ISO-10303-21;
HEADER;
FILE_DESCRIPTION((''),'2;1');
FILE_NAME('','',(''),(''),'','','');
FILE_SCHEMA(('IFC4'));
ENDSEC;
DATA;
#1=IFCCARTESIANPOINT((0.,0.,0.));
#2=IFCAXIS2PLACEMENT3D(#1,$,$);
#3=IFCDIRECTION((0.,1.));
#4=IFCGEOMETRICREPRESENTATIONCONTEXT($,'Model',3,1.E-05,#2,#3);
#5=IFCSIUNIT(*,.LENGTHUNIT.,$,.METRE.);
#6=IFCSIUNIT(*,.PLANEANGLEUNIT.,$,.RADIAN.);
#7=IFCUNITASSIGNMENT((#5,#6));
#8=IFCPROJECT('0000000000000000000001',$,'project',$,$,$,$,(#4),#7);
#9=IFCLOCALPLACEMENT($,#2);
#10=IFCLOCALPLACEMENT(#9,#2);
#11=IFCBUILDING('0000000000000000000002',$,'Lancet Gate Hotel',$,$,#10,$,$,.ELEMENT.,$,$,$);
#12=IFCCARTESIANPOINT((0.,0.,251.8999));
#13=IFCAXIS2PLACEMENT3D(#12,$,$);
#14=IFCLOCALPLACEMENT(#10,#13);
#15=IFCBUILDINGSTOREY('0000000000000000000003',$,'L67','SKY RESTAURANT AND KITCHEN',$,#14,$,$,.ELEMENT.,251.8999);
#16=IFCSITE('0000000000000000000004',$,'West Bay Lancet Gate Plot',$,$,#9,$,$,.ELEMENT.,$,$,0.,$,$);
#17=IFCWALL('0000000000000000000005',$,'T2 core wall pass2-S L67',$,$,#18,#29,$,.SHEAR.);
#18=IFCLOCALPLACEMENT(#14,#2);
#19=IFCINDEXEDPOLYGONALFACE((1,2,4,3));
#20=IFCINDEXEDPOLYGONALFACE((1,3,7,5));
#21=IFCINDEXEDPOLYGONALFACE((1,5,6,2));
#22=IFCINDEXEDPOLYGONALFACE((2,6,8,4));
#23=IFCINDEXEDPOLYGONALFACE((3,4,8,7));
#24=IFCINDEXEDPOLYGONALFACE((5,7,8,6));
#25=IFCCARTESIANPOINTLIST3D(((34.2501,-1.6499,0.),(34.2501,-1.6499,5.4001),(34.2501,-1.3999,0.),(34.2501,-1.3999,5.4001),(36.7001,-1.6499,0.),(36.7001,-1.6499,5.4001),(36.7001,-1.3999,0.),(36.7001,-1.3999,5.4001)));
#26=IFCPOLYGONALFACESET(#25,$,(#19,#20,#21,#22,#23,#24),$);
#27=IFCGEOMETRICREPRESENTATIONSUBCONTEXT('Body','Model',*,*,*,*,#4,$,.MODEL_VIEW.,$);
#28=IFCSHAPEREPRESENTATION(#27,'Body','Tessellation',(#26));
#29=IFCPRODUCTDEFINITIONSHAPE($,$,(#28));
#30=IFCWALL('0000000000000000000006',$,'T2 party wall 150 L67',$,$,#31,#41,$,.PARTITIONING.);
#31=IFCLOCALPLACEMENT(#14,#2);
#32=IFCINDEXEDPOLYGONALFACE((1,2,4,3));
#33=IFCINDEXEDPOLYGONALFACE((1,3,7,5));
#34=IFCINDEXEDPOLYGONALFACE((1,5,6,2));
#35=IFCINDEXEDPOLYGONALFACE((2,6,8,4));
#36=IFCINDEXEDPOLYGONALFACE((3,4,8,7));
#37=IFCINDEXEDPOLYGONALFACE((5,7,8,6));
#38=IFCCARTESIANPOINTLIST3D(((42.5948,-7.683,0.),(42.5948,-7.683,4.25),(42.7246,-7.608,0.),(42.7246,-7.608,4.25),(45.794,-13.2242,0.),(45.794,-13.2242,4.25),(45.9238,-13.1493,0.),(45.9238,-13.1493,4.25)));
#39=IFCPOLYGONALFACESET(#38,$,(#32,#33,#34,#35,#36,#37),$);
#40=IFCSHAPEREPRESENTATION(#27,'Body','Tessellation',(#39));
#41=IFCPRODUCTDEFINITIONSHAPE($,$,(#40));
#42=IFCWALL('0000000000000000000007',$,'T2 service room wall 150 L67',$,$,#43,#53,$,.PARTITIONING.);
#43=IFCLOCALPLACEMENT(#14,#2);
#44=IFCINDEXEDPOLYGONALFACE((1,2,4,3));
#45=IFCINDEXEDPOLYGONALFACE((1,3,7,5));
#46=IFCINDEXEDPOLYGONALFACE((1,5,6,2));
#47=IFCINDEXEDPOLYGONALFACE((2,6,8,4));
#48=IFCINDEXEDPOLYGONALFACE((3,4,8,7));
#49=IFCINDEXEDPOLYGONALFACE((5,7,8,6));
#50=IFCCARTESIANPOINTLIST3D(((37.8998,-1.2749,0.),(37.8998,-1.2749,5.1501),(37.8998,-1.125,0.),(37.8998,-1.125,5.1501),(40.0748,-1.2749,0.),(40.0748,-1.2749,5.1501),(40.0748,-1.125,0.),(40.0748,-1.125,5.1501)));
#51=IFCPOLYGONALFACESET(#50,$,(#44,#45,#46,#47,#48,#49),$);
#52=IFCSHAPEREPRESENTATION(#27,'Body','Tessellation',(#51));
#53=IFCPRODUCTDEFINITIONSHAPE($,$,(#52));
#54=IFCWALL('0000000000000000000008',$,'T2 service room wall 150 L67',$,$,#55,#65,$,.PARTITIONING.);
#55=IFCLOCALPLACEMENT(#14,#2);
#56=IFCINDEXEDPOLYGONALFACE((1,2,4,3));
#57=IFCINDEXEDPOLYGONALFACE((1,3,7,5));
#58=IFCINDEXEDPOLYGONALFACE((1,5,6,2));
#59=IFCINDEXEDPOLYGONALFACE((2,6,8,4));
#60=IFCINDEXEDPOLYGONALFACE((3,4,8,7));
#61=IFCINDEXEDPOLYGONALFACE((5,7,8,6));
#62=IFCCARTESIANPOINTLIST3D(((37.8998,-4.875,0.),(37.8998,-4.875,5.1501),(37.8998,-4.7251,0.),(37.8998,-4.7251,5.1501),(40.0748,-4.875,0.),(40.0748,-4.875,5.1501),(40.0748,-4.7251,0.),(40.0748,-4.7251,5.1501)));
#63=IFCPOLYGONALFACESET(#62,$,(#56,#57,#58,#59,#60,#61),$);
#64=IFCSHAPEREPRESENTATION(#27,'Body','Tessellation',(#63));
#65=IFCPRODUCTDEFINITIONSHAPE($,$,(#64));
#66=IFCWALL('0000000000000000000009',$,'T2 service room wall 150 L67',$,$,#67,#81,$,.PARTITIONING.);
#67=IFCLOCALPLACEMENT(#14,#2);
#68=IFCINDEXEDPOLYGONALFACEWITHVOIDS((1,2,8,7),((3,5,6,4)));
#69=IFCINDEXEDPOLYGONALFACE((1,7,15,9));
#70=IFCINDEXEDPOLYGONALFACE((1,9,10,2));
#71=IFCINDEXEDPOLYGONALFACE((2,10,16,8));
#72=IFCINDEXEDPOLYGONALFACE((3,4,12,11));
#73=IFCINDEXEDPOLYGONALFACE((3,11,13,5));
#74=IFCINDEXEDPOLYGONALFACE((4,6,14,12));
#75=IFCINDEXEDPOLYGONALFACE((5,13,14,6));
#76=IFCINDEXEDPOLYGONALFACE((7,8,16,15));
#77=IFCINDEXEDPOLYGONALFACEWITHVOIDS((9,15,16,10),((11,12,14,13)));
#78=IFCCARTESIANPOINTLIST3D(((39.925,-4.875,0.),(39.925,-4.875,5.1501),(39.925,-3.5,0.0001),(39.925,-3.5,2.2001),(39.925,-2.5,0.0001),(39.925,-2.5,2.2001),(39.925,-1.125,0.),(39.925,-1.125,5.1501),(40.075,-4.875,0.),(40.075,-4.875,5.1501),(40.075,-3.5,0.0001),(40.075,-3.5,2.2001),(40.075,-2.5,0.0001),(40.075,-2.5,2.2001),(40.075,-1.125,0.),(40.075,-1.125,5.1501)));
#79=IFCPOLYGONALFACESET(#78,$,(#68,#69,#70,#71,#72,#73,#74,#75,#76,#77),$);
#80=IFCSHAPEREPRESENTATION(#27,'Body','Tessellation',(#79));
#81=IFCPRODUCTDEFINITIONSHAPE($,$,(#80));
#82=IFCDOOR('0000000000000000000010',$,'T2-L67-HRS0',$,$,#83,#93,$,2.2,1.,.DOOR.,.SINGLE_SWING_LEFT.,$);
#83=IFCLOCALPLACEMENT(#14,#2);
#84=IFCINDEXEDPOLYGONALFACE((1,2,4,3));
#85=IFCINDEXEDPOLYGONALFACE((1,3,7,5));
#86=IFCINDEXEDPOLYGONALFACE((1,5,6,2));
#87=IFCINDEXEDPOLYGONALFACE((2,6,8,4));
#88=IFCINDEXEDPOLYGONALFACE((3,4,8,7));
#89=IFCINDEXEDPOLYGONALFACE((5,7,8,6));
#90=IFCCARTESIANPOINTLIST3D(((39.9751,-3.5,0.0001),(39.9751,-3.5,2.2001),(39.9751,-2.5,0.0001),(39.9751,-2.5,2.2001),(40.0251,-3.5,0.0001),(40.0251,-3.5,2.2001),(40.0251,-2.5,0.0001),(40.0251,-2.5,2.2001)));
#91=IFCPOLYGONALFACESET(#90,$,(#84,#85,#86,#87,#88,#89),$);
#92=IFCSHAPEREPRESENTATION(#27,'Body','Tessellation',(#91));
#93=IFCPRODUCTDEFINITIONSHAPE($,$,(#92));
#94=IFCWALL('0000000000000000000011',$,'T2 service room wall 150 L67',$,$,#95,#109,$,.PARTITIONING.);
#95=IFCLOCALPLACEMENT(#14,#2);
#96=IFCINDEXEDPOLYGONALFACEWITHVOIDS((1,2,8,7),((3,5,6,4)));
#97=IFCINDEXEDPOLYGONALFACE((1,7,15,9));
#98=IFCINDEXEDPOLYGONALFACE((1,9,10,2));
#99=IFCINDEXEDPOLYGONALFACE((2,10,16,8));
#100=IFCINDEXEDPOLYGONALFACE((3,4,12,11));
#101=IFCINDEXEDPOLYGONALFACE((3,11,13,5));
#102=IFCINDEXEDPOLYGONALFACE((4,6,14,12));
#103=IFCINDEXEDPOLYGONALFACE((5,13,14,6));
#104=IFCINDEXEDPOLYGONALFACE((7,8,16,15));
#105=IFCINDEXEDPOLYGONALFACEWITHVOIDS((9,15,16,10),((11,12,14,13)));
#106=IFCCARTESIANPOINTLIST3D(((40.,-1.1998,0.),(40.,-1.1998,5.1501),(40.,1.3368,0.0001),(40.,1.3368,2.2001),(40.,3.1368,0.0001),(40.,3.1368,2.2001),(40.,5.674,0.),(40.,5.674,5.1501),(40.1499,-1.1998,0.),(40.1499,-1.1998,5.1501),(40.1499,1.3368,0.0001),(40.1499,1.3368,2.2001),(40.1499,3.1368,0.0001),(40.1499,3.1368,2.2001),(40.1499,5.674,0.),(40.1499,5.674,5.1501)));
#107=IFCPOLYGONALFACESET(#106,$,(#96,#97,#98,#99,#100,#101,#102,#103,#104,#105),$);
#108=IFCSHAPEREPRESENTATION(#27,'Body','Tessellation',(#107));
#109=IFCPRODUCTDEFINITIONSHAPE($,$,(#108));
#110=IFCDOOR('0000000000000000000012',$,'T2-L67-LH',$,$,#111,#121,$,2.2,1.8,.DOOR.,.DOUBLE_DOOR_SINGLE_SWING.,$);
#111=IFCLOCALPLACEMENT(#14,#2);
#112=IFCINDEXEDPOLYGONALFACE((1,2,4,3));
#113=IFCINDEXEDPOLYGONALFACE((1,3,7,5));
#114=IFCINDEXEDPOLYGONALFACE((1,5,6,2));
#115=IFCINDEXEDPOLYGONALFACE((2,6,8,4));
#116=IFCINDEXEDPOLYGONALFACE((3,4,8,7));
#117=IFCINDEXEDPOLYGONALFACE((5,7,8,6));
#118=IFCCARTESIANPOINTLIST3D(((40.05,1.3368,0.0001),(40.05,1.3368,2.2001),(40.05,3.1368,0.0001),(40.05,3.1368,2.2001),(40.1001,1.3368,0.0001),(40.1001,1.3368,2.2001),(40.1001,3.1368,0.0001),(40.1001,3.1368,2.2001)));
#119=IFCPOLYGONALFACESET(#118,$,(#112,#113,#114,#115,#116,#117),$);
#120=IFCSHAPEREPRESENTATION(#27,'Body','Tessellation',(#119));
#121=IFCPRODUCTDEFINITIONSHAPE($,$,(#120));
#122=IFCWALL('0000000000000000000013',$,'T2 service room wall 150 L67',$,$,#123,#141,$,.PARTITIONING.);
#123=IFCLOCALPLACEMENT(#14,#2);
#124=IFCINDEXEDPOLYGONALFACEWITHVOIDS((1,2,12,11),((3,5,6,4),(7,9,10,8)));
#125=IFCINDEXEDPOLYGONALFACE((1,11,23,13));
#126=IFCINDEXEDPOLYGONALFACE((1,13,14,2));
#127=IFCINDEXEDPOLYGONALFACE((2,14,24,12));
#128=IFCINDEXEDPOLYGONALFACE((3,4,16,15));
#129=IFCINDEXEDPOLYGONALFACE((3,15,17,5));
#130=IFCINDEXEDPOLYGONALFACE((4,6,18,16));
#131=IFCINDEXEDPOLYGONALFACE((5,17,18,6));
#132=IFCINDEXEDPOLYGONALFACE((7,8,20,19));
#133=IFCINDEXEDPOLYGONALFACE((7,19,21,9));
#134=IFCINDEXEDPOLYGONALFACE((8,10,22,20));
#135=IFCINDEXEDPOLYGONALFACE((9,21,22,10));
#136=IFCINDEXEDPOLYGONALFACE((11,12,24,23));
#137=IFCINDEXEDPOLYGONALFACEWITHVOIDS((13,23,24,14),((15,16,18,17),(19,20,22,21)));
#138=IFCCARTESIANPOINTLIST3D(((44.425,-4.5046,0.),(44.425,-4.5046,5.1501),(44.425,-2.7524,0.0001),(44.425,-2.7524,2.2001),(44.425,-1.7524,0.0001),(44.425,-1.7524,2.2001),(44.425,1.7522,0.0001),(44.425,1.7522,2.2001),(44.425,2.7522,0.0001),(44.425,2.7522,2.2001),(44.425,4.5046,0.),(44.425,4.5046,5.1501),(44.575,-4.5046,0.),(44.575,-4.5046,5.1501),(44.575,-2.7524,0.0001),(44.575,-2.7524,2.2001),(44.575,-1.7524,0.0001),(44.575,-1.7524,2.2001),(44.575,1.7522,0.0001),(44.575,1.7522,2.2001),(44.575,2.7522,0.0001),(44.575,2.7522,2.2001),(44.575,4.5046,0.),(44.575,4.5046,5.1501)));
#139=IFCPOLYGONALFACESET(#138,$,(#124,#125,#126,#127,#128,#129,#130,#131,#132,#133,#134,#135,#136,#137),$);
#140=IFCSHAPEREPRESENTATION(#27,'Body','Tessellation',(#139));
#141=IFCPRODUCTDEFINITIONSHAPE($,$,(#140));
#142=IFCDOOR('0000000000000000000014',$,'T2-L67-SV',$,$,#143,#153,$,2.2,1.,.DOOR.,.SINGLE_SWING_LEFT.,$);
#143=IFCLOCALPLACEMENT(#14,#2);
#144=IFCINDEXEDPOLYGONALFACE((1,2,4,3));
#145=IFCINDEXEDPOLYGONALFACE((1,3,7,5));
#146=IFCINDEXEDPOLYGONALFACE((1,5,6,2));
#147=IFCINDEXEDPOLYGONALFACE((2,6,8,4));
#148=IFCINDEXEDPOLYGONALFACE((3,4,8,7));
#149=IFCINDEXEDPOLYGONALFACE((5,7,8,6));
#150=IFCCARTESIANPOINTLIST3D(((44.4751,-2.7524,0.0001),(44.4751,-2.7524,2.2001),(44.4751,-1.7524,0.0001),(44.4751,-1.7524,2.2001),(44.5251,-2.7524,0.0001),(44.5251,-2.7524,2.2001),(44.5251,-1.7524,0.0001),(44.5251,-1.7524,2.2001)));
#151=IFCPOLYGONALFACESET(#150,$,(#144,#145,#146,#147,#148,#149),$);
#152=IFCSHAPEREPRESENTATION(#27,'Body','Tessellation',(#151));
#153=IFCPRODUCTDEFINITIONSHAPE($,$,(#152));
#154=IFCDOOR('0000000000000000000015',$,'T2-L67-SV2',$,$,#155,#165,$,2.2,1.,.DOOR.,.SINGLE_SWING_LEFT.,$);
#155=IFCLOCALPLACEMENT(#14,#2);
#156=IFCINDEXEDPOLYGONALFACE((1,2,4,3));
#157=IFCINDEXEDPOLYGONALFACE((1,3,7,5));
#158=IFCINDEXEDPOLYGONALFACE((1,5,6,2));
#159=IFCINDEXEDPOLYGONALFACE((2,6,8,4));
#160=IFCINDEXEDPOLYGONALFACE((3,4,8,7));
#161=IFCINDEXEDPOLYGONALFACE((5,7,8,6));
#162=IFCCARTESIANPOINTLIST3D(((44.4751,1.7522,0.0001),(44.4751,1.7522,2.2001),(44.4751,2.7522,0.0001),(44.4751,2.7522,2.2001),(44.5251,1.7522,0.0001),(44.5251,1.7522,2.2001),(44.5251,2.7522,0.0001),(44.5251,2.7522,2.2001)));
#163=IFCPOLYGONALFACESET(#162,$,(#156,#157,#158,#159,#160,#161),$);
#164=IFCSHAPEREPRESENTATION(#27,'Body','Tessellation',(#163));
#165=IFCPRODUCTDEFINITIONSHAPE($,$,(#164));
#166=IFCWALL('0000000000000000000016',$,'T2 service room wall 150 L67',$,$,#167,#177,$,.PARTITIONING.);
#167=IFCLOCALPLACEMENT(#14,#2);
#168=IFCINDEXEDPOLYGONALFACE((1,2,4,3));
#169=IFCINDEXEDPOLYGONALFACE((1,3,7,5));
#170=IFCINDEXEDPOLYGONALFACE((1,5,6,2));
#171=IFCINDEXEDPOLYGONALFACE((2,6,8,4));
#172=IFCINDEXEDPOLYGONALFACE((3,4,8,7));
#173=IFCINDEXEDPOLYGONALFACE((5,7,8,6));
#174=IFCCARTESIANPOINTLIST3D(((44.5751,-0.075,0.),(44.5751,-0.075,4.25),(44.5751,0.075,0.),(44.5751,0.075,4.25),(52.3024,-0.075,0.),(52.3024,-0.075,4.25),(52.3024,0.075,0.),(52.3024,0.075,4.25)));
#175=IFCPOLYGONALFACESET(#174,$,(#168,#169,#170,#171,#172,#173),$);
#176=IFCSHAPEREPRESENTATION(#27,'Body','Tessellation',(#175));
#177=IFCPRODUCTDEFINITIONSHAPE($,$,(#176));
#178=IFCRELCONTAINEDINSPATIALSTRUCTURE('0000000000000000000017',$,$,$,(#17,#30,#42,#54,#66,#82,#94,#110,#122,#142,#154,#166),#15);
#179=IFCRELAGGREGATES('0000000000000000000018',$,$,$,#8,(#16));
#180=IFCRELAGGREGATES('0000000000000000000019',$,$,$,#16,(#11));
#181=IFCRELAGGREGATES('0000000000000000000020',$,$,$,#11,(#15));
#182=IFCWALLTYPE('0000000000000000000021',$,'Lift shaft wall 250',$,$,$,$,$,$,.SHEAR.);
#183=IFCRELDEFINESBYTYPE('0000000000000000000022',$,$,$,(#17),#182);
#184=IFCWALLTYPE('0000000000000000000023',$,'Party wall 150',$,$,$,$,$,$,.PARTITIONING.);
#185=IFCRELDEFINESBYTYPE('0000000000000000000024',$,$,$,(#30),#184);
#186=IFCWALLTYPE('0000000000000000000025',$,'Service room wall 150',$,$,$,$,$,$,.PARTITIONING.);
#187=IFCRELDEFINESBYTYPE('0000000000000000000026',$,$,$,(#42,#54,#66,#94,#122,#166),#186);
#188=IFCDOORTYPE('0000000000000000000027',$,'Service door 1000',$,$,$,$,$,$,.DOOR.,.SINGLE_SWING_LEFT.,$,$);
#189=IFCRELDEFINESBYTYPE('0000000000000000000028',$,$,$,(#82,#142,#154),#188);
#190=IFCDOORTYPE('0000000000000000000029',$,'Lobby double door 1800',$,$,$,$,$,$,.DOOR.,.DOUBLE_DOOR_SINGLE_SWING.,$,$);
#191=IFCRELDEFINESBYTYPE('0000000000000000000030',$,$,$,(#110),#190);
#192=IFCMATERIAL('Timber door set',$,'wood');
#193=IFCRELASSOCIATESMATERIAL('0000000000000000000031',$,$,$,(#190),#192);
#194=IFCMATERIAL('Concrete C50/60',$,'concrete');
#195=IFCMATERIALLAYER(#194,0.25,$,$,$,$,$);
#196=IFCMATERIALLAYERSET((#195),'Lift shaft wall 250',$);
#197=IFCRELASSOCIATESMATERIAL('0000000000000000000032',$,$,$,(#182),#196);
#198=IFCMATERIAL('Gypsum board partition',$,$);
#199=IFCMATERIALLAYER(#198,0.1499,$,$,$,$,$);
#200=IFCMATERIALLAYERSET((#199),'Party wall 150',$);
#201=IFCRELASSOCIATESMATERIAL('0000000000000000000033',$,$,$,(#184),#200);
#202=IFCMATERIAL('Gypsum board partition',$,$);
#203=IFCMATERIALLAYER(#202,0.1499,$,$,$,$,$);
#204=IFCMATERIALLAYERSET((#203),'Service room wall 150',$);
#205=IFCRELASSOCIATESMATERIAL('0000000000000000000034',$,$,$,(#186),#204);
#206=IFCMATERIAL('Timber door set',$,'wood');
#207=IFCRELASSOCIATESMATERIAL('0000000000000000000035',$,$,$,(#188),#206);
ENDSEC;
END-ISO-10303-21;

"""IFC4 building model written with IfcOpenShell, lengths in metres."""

from ifc_helpers import new_model, si_unit, direction, frame, frame_2d, origin, place, context, subcontext, project, spatial, rectangle, extrude, material, layer, layer_set, type_object, element, fill, save


model = new_model("IFC4")

# Units and contexts
model_context = context("Model", 3, precision=1e-05, world=origin(), true_north=direction((0.0, 1.0)))
body_context = subcontext(model_context, "Body", "Model", "MODEL_VIEW")
ifc_project = project(units=[si_unit("LENGTHUNIT", "METRE"), si_unit("PLANEANGLEUNIT", "RADIAN")], contexts=[model_context])

# Site, building, storey
site_placement = place(None, origin())
site = spatial("IfcSite", under=ifc_project, at=site_placement, Name="West Bay Lancet Gate Plot", CompositionType="ELEMENT", RefElevation=0.0)
building_placement = place(site_placement, origin())
building = spatial("IfcBuilding", under=site, at=building_placement, Name="Lancet Gate Hotel", CompositionType="ELEMENT")
storey_placement = place(building_placement, frame((0.0, 0.0, 251.8999)))
storey = spatial("IfcBuildingStorey", under=building, at=storey_placement, Name="L67", Description="SKY RESTAURANT AND KITCHEN", CompositionType="ELEMENT", Elevation=251.8999)

# Shared definitions
ifc_material_1 = material(Name="Timber door set", Category="wood")
door_type_1 = type_object("IfcDoorType", Name="Lobby double door 1800", OperationType="DOUBLE_DOOR_SINGLE_SWING", PredefinedType="DOOR", material=ifc_material_1)
ifc_material_2 = material(Name="Concrete C50/60", Category="concrete")
ifc_layer_1 = layer(ifc_material_2, 0.25)
ifc_layer_set_1 = layer_set([ifc_layer_1], Name="Lift shaft wall 250")
wall_type_1 = type_object("IfcWallType", Name="Lift shaft wall 250", PredefinedType="SHEAR", material=ifc_layer_set_1)

# Walls
wall_1_placement = place(storey_placement, frame((34.25, -1.5249, 0.0), z_axis=(0.0, 0.0, 1.0), x_axis=(1.0, 0.0, 0.0)))
element("IfcWall", 1, at=wall_1_placement, inside=storey, type_object=wall_type_1, Name="T2 core wall pass2-S L67", PredefinedType="SHEAR", context=body_context, shape_type="SweptSolid", body=[
    extrude(rectangle(XDim=2.45, YDim=0.25, at=frame_2d((1.2251, 0.0))), origin(), (0.0, 0.0, 1.0), 5.4001),
])
ifc_material_3 = material(Name="Gypsum board partition")
ifc_layer_2 = layer(ifc_material_3, 0.1499)
ifc_layer_set_2 = layer_set([ifc_layer_2], Name="Party wall 150")
wall_type_2 = type_object("IfcWallType", Name="Party wall 150", PredefinedType="PARTITIONING", material=ifc_layer_set_2)
wall_2_placement = place(storey_placement, frame((42.6597, -7.6455, 0.0), z_axis=(0.0, 0.0, 1.0), x_axis=(0.499997, -0.866027, 0.0)))
element("IfcWall", 2, at=wall_2_placement, inside=storey, type_object=wall_type_2, Name="T2 party wall 150 L67", PredefinedType="PARTITIONING", context=body_context, shape_type="SweptSolid", body=[
    extrude(rectangle(XDim=6.3984, YDim=0.1499, at=frame_2d((3.1992, 0.0))), origin(), (0.0, 0.0, 1.0), 4.25),
])
ifc_material_4 = material(Name="Gypsum board partition")
ifc_layer_3 = layer(ifc_material_4, 0.1499)
ifc_layer_set_3 = layer_set([ifc_layer_3], Name="Service room wall 150")
wall_type_3 = type_object("IfcWallType", Name="Service room wall 150", PredefinedType="PARTITIONING", material=ifc_layer_set_3)
for number, where, z_axis, x_axis, name in (
    (3, (37.8999, -1.2, 0.0), (0.0, 0.0, 1.0), (1.0, 0.0, 0.0), "T2 service room wall 150 L67"),
    (4, (37.8999, -4.8, 0.0), (0.0, 0.0, 1.0), (1.0, 0.0, 0.0), "T2 service room wall 150 L67"),
):
    element("IfcWall", number, at=place(storey_placement, frame(where, z_axis=z_axis, x_axis=x_axis)), inside=storey, type_object=wall_type_3, Name=name, PredefinedType="PARTITIONING", context=body_context, shape_type="SweptSolid", body=[
        extrude(rectangle(XDim=2.175, YDim=0.1499, at=frame_2d((1.0874, 0.0))), origin(), (0.0, 0.0, 1.0), 5.1501),
    ])

# Walls, openings, doors
wall_3_placement = place(storey_placement, frame((40.0, -4.875, 0.0), z_axis=(0.0, 0.0, 1.0), x_axis=(0.0, 1.0, 0.0)))
wall_3 = element("IfcWall", 5, at=wall_3_placement, inside=storey, type_object=wall_type_3, Name="T2 service room wall 150 L67", PredefinedType="PARTITIONING", context=body_context, shape_type="SweptSolid", body=[
    extrude(rectangle(XDim=3.75, YDim=0.1499, at=frame_2d((1.875, 0.0))), origin(), (0.0, 0.0, 1.0), 5.1501),
])
opening_1_placement = place(wall_3_placement, frame((1.375, 0.0, 0.0)))
opening_1 = element("IfcOpeningElement", 6, at=opening_1_placement, cuts=wall_3, PredefinedType="OPENING", context=body_context, shape_type="SweptSolid", body=[
    extrude(rectangle(XDim=1.0, YDim=2.2, at=frame_2d((0.5, 1.1001))), frame((0.0, 0.085, 0.0), z_axis=(0.0, -1.0, 0.0), x_axis=(1.0, 0.0, 0.0)), (0.0, 0.0, 1.0), 0.1699),
])
ifc_material_5 = material(Name="Timber door set", Category="wood")
door_type_2 = type_object("IfcDoorType", Name="Service door 1000", OperationType="SINGLE_SWING_LEFT", PredefinedType="DOOR", material=ifc_material_5)
door_1_placement = place(opening_1_placement, origin())
door_1 = element("IfcDoor", 7, at=door_1_placement, inside=storey, type_object=door_type_2, Name="T2-L67-HRS0", OperationType="SINGLE_SWING_LEFT", OverallHeight=2.2, OverallWidth=1.0, PredefinedType="DOOR", context=body_context, shape_type="SweptSolid", body=[
    extrude(rectangle(XDim=1.0, YDim=2.2, at=frame_2d((0.5, 1.1001))), frame((0.0, 0.0249, 0.0), z_axis=(0.0, -1.0, 0.0), x_axis=(1.0, 0.0, 0.0)), (0.0, 0.0, 1.0), 0.05),
])
fill(opening_1, door_1)
wall_4_placement = place(storey_placement, frame((40.075, -1.2, 0.0), z_axis=(0.0, 0.0, 1.0), x_axis=(0.0, 1.0, 0.0)))
wall_4 = element("IfcWall", 8, at=wall_4_placement, inside=storey, type_object=wall_type_3, Name="T2 service room wall 150 L67", PredefinedType="PARTITIONING", context=body_context, shape_type="SweptSolid", body=[
    extrude(rectangle(XDim=6.8738, YDim=0.1499, at=frame_2d((3.437, 0.0))), origin(), (0.0, 0.0, 1.0), 5.1501),
])
opening_2_placement = place(wall_4_placement, frame((2.5369, 0.0, 0.0)))
opening_2 = element("IfcOpeningElement", 9, at=opening_2_placement, cuts=wall_4, PredefinedType="OPENING", context=body_context, shape_type="SweptSolid", body=[
    extrude(rectangle(XDim=1.8, YDim=2.2, at=frame_2d((0.8999, 1.1001))), frame((0.0, 0.085, 0.0), z_axis=(0.0, -1.0, 0.0), x_axis=(1.0, 0.0, 0.0)), (0.0, 0.0, 1.0), 0.1699),
])
door_2_placement = place(opening_2_placement, origin())
door_2 = element("IfcDoor", 10, at=door_2_placement, inside=storey, type_object=door_type_1, Name="T2-L67-LH", OperationType="DOUBLE_DOOR_SINGLE_SWING", OverallHeight=2.2, OverallWidth=1.8, PredefinedType="DOOR", context=body_context, shape_type="SweptSolid", body=[
    extrude(rectangle(XDim=1.8, YDim=2.2, at=frame_2d((0.8999, 1.1001))), frame((0.0, 0.0249, 0.0), z_axis=(0.0, -1.0, 0.0), x_axis=(1.0, 0.0, 0.0)), (0.0, 0.0, 1.0), 0.05),
])
fill(opening_2, door_2)

# Wall, openings, doors
wall_5_placement = place(storey_placement, frame((44.5, -4.5046, 0.0), z_axis=(0.0, 0.0, 1.0), x_axis=(0.0, 1.0, 0.0)))
wall_5 = element("IfcWall", 11, at=wall_5_placement, inside=storey, type_object=wall_type_3, Name="T2 service room wall 150 L67", PredefinedType="PARTITIONING", context=body_context, shape_type="SweptSolid", body=[
    extrude(rectangle(XDim=9.0093, YDim=0.1499, at=frame_2d((4.5046, 0.0))), origin(), (0.0, 0.0, 1.0), 5.1501),
])
opening_3_placement = place(wall_5_placement, frame((1.7522, 0.0, 0.0)))
opening_3 = element("IfcOpeningElement", 12, at=opening_3_placement, cuts=wall_5, PredefinedType="OPENING", context=body_context, shape_type="SweptSolid", body=[
    extrude(rectangle(XDim=1.0, YDim=2.2, at=frame_2d((0.5, 1.1001))), frame((0.0, 0.085, 0.0), z_axis=(0.0, -1.0, 0.0), x_axis=(1.0, 0.0, 0.0)), (0.0, 0.0, 1.0), 0.1699),
])
opening_4_placement = place(wall_5_placement, frame((6.2568, 0.0, 0.0)))
opening_4 = element("IfcOpeningElement", 13, at=opening_4_placement, cuts=wall_5, PredefinedType="OPENING", context=body_context, shape_type="SweptSolid", body=[
    extrude(rectangle(XDim=1.0, YDim=2.2, at=frame_2d((0.5, 1.1001))), frame((0.0, 0.085, 0.0), z_axis=(0.0, -1.0, 0.0), x_axis=(1.0, 0.0, 0.0)), (0.0, 0.0, 1.0), 0.1699),
])
door_3_placement = place(opening_3_placement, origin())
door_3 = element("IfcDoor", 14, at=door_3_placement, inside=storey, type_object=door_type_2, Name="T2-L67-SV", OperationType="SINGLE_SWING_LEFT", OverallHeight=2.2, OverallWidth=1.0, PredefinedType="DOOR", context=body_context, shape_type="SweptSolid", body=[
    extrude(rectangle(XDim=1.0, YDim=2.2, at=frame_2d((0.5, 1.1001))), frame((0.0, 0.0249, 0.0), z_axis=(0.0, -1.0, 0.0), x_axis=(1.0, 0.0, 0.0)), (0.0, 0.0, 1.0), 0.05),
])
fill(opening_3, door_3)
door_4_placement = place(opening_4_placement, origin())
door_4 = element("IfcDoor", 15, at=door_4_placement, inside=storey, type_object=door_type_2, Name="T2-L67-SV2", OperationType="SINGLE_SWING_LEFT", OverallHeight=2.2, OverallWidth=1.0, PredefinedType="DOOR", context=body_context, shape_type="SweptSolid", body=[
    extrude(rectangle(XDim=1.0, YDim=2.2, at=frame_2d((0.5, 1.1001))), frame((0.0, 0.0249, 0.0), z_axis=(0.0, -1.0, 0.0), x_axis=(1.0, 0.0, 0.0)), (0.0, 0.0, 1.0), 0.05),
])
fill(opening_4, door_4)

# Wall
wall_6_placement = place(storey_placement, frame((44.575, 0.0, 0.0), z_axis=(0.0, 0.0, 1.0), x_axis=(1.0, 0.0, 0.0)))
element("IfcWall", 16, at=wall_6_placement, inside=storey, type_object=wall_type_3, Name="T2 service room wall 150 L67", PredefinedType="PARTITIONING", context=body_context, shape_type="SweptSolid", body=[
    extrude(rectangle(XDim=7.7273, YDim=0.1499, at=frame_2d((3.8638, 0.0))), origin(), (0.0, 0.0, 1.0), 4.25),
])

save(model, "model.ifc")
